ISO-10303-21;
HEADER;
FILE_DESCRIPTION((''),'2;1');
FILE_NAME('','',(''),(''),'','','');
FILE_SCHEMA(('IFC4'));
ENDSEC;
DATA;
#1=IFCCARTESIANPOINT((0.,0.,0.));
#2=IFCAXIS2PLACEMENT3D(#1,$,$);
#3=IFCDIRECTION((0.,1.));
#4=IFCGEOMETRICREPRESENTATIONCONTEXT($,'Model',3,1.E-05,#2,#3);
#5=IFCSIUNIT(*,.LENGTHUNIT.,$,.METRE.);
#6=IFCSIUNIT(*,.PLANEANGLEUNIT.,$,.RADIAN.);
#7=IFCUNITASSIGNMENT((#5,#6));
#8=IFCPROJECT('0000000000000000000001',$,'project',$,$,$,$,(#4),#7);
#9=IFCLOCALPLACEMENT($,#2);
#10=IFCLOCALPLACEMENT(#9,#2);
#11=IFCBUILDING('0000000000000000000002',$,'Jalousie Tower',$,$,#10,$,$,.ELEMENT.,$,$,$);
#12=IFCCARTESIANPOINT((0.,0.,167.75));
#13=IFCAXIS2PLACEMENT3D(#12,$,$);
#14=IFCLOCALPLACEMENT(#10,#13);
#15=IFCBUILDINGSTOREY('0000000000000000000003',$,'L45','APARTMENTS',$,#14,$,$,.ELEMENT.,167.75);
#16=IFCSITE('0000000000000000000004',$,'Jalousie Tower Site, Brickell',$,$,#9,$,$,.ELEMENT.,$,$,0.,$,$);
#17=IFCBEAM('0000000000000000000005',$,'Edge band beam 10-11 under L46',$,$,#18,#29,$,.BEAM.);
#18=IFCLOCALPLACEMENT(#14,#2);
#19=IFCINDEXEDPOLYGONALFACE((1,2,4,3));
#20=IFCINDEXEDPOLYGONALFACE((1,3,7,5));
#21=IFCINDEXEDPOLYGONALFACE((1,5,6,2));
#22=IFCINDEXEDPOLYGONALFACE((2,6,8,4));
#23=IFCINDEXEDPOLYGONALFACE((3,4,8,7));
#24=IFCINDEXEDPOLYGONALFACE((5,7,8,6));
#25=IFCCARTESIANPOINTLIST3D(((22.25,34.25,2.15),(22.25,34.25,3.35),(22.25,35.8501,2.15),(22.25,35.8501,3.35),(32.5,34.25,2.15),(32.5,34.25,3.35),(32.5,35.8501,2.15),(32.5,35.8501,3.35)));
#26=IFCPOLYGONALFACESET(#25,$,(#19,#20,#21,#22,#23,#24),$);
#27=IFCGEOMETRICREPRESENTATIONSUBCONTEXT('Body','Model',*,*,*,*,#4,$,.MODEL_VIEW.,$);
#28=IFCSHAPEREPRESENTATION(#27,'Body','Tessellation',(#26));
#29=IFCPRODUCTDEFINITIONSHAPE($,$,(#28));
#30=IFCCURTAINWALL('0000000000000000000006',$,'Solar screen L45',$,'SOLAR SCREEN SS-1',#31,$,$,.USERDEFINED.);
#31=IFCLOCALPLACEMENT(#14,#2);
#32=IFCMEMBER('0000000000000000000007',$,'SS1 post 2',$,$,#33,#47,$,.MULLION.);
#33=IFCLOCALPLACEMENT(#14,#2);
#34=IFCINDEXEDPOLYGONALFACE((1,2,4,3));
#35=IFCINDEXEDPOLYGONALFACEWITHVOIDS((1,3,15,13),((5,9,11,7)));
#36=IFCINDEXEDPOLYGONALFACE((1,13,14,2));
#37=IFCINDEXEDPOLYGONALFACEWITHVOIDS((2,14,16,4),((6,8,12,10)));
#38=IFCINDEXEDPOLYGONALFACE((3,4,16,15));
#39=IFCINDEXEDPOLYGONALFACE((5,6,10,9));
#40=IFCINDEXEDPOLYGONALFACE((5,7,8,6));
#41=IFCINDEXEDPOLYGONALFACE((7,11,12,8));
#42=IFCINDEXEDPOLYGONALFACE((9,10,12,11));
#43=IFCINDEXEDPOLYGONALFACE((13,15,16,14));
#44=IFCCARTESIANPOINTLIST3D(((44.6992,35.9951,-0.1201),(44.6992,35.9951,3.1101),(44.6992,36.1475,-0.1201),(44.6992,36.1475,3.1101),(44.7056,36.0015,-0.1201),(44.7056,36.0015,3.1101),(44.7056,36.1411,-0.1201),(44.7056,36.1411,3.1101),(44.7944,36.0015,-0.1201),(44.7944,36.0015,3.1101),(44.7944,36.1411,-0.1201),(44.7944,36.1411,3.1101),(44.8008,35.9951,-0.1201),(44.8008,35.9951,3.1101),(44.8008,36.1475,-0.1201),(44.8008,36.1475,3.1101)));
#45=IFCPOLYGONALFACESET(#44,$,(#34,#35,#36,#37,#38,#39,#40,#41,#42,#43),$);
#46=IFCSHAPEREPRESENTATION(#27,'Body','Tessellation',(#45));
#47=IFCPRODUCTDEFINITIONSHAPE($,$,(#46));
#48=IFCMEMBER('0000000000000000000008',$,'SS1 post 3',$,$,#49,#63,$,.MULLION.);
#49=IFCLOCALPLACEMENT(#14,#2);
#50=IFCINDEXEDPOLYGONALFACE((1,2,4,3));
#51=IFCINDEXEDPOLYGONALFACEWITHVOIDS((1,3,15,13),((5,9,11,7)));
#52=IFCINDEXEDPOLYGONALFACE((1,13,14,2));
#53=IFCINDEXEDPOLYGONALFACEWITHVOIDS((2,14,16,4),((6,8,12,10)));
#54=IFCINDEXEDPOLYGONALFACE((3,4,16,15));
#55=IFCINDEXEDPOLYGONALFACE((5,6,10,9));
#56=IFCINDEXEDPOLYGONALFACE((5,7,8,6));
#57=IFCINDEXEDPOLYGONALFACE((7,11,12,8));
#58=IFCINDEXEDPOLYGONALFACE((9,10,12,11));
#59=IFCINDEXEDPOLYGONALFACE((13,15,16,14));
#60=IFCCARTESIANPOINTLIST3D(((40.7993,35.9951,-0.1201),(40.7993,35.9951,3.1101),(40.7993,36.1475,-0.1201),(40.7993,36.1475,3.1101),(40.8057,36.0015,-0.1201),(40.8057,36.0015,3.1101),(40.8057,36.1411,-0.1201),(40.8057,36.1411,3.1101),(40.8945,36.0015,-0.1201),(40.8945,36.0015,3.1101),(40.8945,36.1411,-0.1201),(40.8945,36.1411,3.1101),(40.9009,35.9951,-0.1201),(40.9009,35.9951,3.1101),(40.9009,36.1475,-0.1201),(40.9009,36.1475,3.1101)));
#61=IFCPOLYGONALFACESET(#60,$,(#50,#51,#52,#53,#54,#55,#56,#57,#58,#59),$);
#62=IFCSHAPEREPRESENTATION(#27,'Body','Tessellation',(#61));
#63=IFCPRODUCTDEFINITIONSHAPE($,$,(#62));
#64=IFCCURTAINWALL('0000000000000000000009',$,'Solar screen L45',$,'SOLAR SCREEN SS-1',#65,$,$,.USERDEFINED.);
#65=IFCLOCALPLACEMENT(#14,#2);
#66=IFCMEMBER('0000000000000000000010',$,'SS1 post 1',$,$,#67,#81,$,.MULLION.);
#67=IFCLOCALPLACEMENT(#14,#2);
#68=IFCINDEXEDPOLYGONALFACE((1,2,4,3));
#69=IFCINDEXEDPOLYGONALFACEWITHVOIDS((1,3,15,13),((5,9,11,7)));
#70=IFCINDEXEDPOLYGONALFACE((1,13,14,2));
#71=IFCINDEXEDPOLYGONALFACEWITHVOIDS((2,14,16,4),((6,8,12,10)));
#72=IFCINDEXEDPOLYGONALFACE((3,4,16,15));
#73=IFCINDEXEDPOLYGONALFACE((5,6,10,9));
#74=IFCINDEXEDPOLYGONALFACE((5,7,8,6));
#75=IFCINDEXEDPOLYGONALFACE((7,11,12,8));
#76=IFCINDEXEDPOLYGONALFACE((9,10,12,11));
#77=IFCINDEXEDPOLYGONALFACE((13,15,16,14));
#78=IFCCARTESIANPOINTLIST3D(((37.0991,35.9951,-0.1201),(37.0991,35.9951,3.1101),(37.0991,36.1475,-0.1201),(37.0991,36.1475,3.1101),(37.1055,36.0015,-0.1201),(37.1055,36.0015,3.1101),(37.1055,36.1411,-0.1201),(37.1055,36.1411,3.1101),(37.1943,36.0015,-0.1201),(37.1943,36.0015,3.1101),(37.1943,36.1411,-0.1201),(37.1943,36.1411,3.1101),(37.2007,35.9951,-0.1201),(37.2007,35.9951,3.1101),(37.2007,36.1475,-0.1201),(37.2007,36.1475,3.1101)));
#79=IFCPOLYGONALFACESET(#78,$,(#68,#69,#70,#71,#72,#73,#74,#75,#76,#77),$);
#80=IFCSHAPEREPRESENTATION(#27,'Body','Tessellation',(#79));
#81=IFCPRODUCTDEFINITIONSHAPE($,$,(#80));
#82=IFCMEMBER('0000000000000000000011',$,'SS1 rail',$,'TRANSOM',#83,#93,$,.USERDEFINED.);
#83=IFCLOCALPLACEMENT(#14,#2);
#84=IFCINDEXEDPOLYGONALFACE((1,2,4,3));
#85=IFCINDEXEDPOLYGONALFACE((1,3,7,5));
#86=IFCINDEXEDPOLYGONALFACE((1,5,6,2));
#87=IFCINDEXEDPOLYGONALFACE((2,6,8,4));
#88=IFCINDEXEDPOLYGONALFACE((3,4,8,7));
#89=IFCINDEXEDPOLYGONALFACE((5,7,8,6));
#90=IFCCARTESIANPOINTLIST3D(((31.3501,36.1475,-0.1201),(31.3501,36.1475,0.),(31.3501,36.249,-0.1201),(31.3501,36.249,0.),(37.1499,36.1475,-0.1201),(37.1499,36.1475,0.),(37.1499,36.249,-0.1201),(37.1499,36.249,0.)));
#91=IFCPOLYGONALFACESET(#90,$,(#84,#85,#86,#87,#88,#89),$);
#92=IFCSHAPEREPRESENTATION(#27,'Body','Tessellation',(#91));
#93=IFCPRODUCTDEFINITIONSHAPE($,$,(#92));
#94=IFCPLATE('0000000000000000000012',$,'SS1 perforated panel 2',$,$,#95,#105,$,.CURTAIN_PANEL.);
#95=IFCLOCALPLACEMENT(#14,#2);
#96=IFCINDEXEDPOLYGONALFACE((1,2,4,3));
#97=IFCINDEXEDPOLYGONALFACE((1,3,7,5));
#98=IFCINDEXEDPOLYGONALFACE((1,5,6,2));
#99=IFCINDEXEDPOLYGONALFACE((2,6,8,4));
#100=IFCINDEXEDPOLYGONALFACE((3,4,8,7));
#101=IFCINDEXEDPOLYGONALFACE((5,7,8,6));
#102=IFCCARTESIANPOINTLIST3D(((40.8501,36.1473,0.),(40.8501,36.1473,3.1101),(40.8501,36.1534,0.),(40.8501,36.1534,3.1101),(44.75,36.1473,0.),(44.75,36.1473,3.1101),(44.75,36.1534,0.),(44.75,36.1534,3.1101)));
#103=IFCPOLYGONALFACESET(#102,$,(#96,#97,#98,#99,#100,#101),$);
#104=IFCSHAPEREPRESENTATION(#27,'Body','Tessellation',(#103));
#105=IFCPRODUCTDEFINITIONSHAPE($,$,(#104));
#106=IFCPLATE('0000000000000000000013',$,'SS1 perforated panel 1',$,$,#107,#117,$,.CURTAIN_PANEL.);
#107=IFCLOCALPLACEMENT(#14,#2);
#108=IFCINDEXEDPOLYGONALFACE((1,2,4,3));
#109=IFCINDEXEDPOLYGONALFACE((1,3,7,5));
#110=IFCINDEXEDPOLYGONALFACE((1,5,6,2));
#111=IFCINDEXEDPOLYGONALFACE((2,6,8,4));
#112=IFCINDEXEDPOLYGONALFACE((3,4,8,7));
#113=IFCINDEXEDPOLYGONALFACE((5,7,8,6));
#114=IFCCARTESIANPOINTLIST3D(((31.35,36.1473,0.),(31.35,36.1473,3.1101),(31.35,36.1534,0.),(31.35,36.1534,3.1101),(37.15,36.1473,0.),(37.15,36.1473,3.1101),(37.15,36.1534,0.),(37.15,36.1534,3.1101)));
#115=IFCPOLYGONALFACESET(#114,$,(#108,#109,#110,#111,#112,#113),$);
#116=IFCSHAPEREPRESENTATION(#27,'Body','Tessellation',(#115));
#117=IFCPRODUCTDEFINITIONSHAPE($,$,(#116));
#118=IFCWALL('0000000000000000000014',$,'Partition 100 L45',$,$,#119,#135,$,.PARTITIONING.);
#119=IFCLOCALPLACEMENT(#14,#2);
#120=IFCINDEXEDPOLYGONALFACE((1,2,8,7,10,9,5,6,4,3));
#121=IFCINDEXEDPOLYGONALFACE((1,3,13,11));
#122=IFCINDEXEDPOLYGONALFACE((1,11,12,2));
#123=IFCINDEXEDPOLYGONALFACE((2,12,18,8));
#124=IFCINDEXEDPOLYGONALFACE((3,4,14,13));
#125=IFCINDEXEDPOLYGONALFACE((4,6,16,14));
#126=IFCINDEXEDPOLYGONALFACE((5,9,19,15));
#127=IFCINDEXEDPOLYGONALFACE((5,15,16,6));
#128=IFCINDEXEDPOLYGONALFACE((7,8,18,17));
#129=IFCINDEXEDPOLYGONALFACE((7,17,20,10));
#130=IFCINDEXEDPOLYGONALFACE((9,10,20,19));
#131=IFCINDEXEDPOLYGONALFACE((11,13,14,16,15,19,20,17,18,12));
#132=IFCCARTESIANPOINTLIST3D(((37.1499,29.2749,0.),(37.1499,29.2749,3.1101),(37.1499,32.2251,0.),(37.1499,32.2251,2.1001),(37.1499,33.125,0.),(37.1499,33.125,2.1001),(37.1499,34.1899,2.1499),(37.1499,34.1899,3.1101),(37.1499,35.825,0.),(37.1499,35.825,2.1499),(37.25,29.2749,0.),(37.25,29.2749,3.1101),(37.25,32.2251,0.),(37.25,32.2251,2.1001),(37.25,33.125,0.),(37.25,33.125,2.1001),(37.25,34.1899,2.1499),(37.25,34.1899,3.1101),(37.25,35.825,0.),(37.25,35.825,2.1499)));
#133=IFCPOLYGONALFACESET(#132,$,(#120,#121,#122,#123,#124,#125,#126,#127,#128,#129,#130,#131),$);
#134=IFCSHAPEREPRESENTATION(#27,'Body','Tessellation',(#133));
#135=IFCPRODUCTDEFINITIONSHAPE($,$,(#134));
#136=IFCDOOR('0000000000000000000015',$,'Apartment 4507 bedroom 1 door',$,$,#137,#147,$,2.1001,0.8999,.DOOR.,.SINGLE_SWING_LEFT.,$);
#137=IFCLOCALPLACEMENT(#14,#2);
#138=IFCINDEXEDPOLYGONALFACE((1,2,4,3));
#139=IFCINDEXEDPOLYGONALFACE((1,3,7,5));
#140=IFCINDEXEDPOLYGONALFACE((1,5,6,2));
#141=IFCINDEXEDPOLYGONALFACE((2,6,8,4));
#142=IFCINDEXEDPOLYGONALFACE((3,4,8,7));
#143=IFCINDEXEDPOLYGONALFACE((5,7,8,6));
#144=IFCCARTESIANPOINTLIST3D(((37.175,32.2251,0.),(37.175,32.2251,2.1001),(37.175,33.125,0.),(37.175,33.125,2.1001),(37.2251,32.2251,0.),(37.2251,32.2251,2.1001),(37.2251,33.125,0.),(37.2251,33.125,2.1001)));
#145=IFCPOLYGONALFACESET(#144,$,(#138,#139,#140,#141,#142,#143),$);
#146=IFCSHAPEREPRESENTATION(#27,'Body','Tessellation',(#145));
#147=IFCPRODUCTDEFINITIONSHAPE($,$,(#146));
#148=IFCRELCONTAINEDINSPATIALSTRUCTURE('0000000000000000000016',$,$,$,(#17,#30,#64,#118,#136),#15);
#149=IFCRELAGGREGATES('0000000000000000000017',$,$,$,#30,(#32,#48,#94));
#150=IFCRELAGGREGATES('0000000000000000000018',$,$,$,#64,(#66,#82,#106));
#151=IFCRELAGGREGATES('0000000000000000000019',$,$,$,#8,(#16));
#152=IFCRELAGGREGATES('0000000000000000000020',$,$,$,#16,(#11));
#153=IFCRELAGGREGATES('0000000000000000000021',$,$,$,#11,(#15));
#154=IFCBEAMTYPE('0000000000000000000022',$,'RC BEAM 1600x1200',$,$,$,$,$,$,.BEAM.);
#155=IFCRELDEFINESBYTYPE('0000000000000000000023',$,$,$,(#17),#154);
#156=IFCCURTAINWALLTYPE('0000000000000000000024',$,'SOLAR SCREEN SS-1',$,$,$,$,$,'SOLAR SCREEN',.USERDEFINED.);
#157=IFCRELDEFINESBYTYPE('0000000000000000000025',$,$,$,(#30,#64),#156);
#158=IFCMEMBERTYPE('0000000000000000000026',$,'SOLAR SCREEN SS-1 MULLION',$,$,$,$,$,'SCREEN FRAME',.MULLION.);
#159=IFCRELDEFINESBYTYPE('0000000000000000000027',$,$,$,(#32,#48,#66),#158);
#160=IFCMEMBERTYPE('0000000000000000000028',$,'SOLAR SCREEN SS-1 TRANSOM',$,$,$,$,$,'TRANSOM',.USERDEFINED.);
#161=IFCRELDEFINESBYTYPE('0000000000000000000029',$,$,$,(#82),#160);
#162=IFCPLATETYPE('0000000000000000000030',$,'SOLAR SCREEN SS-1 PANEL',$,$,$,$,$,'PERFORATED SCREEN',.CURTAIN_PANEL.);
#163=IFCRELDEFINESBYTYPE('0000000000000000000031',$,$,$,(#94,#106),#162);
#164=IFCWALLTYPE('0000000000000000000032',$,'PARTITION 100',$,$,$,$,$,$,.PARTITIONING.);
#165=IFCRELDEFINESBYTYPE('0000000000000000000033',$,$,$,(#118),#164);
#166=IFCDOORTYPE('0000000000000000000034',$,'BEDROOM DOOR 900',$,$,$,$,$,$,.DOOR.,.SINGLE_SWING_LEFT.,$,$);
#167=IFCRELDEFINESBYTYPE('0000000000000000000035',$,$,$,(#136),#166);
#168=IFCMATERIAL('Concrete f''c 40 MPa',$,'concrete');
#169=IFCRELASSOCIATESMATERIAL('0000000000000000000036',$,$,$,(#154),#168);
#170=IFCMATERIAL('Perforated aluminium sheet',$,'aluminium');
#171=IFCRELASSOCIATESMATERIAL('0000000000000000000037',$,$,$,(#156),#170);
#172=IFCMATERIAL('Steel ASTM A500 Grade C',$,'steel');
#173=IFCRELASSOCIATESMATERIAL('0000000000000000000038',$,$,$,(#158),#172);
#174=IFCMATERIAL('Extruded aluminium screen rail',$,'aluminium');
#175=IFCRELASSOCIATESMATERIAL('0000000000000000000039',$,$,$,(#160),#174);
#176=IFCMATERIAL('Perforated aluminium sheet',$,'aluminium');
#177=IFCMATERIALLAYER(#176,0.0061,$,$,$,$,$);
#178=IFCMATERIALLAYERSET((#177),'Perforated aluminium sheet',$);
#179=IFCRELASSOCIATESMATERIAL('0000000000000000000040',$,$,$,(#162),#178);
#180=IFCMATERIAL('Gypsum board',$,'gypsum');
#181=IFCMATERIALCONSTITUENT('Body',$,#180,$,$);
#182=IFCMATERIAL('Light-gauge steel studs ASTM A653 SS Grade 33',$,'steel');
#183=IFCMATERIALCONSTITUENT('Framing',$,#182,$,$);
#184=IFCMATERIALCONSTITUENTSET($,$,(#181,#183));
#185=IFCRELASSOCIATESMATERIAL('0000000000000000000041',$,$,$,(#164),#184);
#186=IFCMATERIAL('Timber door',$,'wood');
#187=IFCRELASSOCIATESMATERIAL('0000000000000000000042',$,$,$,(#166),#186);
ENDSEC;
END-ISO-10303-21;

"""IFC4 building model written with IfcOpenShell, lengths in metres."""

from ifc_helpers import new_model, si_unit, direction, frame, frame_2d, origin, origin_2d, place, context, subcontext, project, spatial, polyline, rectangle, hollow_rectangle, outline, extrude, material, layer, layer_set, constituent, constituent_set, material_profile, profile_set, type_object, element, fill, aggregate, save


model = new_model("IFC4")

# Units and contexts
model_context = context("Model", 3, precision=1e-05, world=origin(), true_north=direction((0.0, 1.0)))
body_context = subcontext(model_context, "Body", "Model", "MODEL_VIEW")
ifc_project = project(units=[si_unit("LENGTHUNIT", "METRE"), si_unit("PLANEANGLEUNIT", "RADIAN")], contexts=[model_context])

# Site, building, storey
site_placement = place(None, origin())
site = spatial("IfcSite", under=ifc_project, at=site_placement, Name="Jalousie Tower Site, Brickell", CompositionType="ELEMENT", RefElevation=0.0)
building_placement = place(site_placement, origin())
building = spatial("IfcBuilding", under=site, at=building_placement, Name="Jalousie Tower", CompositionType="ELEMENT")
storey_placement = place(building_placement, frame((0.0, 0.0, 167.75)))
storey = spatial("IfcBuildingStorey", under=building, at=storey_placement, Name="L45", Description="APARTMENTS", CompositionType="ELEMENT", Elevation=167.75)

# Beam
ifc_material_1 = material(Name="Concrete f'c 40 MPa", Category="concrete")
ifc_material_profile_1 = material_profile(ifc_material_1, rectangle(XDim=1.6001, YDim=1.2, at=origin_2d()), Name="RC 1600x1200")
ifc_profile_set_1 = profile_set([ifc_material_profile_1], Name="Concrete f'c 40 MPa")
beam_type_1 = type_object("IfcBeamType", Name="RC BEAM 1600x1200", PredefinedType="BEAM", material=ifc_profile_set_1)
for number, where, z_axis, x_axis, name in (
    (1, (32.5, 35.05, 2.75), (-1.0, 0.0, 0.0), (0.0, -1.0, 0.0), "Edge band beam 10-11 under L46"),
):
    element("IfcBeam", number, at=place(storey_placement, frame(where, z_axis=z_axis, x_axis=x_axis)), inside=storey, type_object=beam_type_1, Name=name, PredefinedType="BEAM", context=body_context, shape_type="SweptSolid", body=[
        extrude(rectangle(XDim=1.6001, YDim=1.2, at=origin_2d()), origin(), (0.0, 0.0, 1.0), 10.25),
    ])

# Curtain walls, members
ifc_material_2 = material(Name="Perforated aluminium sheet", Category="aluminium")
curtain_wall_type = type_object("IfcCurtainWallType", Name="SOLAR SCREEN SS-1", ElementType="SOLAR SCREEN", PredefinedType="USERDEFINED", material=ifc_material_2)
curtain_wall_1_placement = place(storey_placement, origin())
curtain_wall_1 = element("IfcCurtainWall", 2, at=curtain_wall_1_placement, inside=storey, type_object=curtain_wall_type, Name="Solar screen L45", ObjectType="SOLAR SCREEN SS-1", PredefinedType="USERDEFINED")
ifc_material_3 = material(Name="Steel ASTM A500 Grade C", Category="steel")
ifc_material_profile_2 = material_profile(ifc_material_3, hollow_rectangle(XDim=0.1016, YDim=0.1523, WallThickness=0.0063, at=origin_2d()), Name="HSS6X4X1/4")
ifc_profile_set_2 = profile_set([ifc_material_profile_2], Name="Steel ASTM A500 Grade C")
member_type_1 = type_object("IfcMemberType", Name="SOLAR SCREEN SS-1 MULLION", ElementType="SCREEN FRAME", PredefinedType="MULLION", material=ifc_profile_set_2)
member_1_placement = place(storey_placement, frame((44.75, 36.0713, -0.1201), z_axis=(0.0, 0.0, 1.0), x_axis=(-1.0, 0.0, 0.0)))
member_1 = element("IfcMember", 3, at=member_1_placement, type_object=member_type_1, Name="SS1 post 2", PredefinedType="MULLION", context=body_context, shape_type="SweptSolid", body=[
    extrude(hollow_rectangle(XDim=0.1016, YDim=0.1523, WallThickness=0.0063, at=origin_2d()), origin(), (0.0, 0.0, 1.0), 3.2302),
])
member_2_placement = place(storey_placement, frame((40.8501, 36.0713, -0.1201), z_axis=(0.0, 0.0, 1.0), x_axis=(-1.0, 0.0, 0.0)))
member_2 = element("IfcMember", 4, at=member_2_placement, type_object=member_type_1, Name="SS1 post 3", PredefinedType="MULLION", context=body_context, shape_type="SweptSolid", body=[
    extrude(hollow_rectangle(XDim=0.1016, YDim=0.1523, WallThickness=0.0063, at=origin_2d()), origin(), (0.0, 0.0, 1.0), 3.2302),
])
curtain_wall_2_placement = place(storey_placement, origin())
curtain_wall_2 = element("IfcCurtainWall", 5, at=curtain_wall_2_placement, inside=storey, type_object=curtain_wall_type, Name="Solar screen L45", ObjectType="SOLAR SCREEN SS-1", PredefinedType="USERDEFINED")
member_3_placement = place(storey_placement, frame((37.1499, 36.0713, -0.1201), z_axis=(0.0, 0.0, 1.0), x_axis=(-1.0, 0.0, 0.0)))
member_3 = element("IfcMember", 6, at=member_3_placement, type_object=member_type_1, Name="SS1 post 1", PredefinedType="MULLION", context=body_context, shape_type="SweptSolid", body=[
    extrude(hollow_rectangle(XDim=0.1016, YDim=0.1523, WallThickness=0.0063, at=origin_2d()), origin(), (0.0, 0.0, 1.0), 3.2302),
])
ifc_material_4 = material(Name="Extruded aluminium screen rail", Category="aluminium")
ifc_material_profile_3 = material_profile(ifc_material_4, rectangle(XDim=0.1016, YDim=0.1201, at=origin_2d()), Name="RAIL 102x120")
ifc_profile_set_3 = profile_set([ifc_material_profile_3], Name="Extruded aluminium screen rail")
member_type_2 = type_object("IfcMemberType", Name="SOLAR SCREEN SS-1 TRANSOM", ElementType="TRANSOM", PredefinedType="USERDEFINED", material=ifc_profile_set_3)
member_4_placement = place(storey_placement, frame((37.1499, 36.1982, -0.0601), z_axis=(-1.0, 0.0, 0.0), x_axis=(0.0, -1.0, 0.0)))
member_4 = element("IfcMember", 7, at=member_4_placement, type_object=member_type_2, Name="SS1 rail", ObjectType="TRANSOM", PredefinedType="USERDEFINED", context=body_context, shape_type="SweptSolid", body=[
    extrude(rectangle(XDim=0.1016, YDim=0.1201, at=origin_2d()), origin(), (0.0, 0.0, 1.0), 5.7998),
])

# Plates
ifc_material_5 = material(Name="Perforated aluminium sheet", Category="aluminium")
ifc_layer_1 = layer(ifc_material_5, 0.0061)
ifc_layer_set_1 = layer_set([ifc_layer_1], Name="Perforated aluminium sheet")
plate_type = type_object("IfcPlateType", Name="SOLAR SCREEN SS-1 PANEL", ElementType="PERFORATED SCREEN", PredefinedType="CURTAIN_PANEL", material=ifc_layer_set_1)
plate_1_placement = place(storey_placement, frame((42.8, 36.1504, 0.0), z_axis=(0.0, 0.0, 1.0), x_axis=(-1.0, 0.0, 0.0)))
plate_1 = element("IfcPlate", 8, at=plate_1_placement, type_object=plate_type, Name="SS1 perforated panel 2", PredefinedType="CURTAIN_PANEL", context=body_context, shape_type="SweptSolid", body=[
    extrude(rectangle(XDim=3.8999, YDim=0.0061, at=origin_2d()), origin(), (0.0, 0.0, 1.0), 3.1101),
])
aggregate(curtain_wall_1, [member_1, member_2, plate_1])
plate_2_placement = place(storey_placement, frame((34.25, 36.1504, 0.0), z_axis=(0.0, 0.0, 1.0), x_axis=(-1.0, 0.0, 0.0)))
plate_2 = element("IfcPlate", 9, at=plate_2_placement, type_object=plate_type, Name="SS1 perforated panel 1", PredefinedType="CURTAIN_PANEL", context=body_context, shape_type="SweptSolid", body=[
    extrude(rectangle(XDim=5.8, YDim=0.0061, at=origin_2d()), origin(), (0.0, 0.0, 1.0), 3.1101),
])
aggregate(curtain_wall_2, [member_3, member_4, plate_2])

# Wall, opening, door
ifc_material_6 = material(Name="Gypsum board", Category="gypsum")
ifc_constituent_1 = constituent(ifc_material_6, Name="Body")
ifc_material_7 = material(Name="Light-gauge steel studs ASTM A653 SS Grade 33", Category="steel")
ifc_constituent_2 = constituent(ifc_material_7, Name="Framing")
ifc_constituent_set = constituent_set(constituents=[ifc_constituent_1, ifc_constituent_2])
wall_type_1 = type_object("IfcWallType", Name="PARTITION 100", PredefinedType="PARTITIONING", material=ifc_constituent_set)
wall_1_placement = place(storey_placement, frame((37.2, 35.825, 0.0), z_axis=(0.0, 0.0, 1.0), x_axis=(0.0, -1.0, 0.0)))
wall_1 = element("IfcWall", 10, at=wall_1_placement, inside=storey, type_object=wall_type_1, Name="Partition 100 L45", PredefinedType="PARTITIONING", context=body_context, shape_type="SweptSolid", body=[
    extrude(outline(polyline([(0.0, 0.0), (6.55, 0.0), (6.55, 3.1101), (1.635, 3.1101), (1.635, 2.1499), (0.0, 2.1499), (0.0, 3.1101), (0.0, 0.0)])), frame((0.0, 0.05, 0.0), z_axis=(0.0, -1.0, 0.0), x_axis=(1.0, 0.0, 0.0)), (0.0, 0.0, 1.0), 0.1001),
])
opening_1_placement = place(wall_1_placement, frame((2.7, 0.0, 0.0)))
opening_1 = element("IfcOpeningElement", 11, at=opening_1_placement, cuts=wall_1, PredefinedType="OPENING", context=body_context, shape_type="SweptSolid", body=[
    extrude(rectangle(XDim=0.8999, YDim=2.1001, at=frame_2d((0.45, 1.05))), frame((0.0, 0.0601, 0.0), z_axis=(0.0, -1.0, 0.0), x_axis=(1.0, 0.0, 0.0)), (0.0, 0.0, 1.0), 0.1201),
])
ifc_material_8 = material(Name="Timber door", Category="wood")
door_type_1 = type_object("IfcDoorType", Name="BEDROOM DOOR 900", OperationType="SINGLE_SWING_LEFT", PredefinedType="DOOR", material=ifc_material_8)
door_1_placement = place(opening_1_placement, frame((0.8999, 0.0, 0.0), z_axis=(0.0, 0.0, 1.0), x_axis=(-1.0, 0.0, 0.0)))
door_1 = element("IfcDoor", 12, at=door_1_placement, inside=storey, type_object=door_type_1, Name="Apartment 4507 bedroom 1 door", OperationType="SINGLE_SWING_LEFT", OverallHeight=2.1001, OverallWidth=0.8999, PredefinedType="DOOR", context=body_context, shape_type="SweptSolid", body=[
    extrude(rectangle(XDim=0.8999, YDim=2.1001, at=frame_2d((0.45, 1.05))), frame((0.0, 0.0249, 0.0), z_axis=(0.0, -1.0, 0.0), x_axis=(1.0, 0.0, 0.0)), (0.0, 0.0, 1.0), 0.05),
])
fill(opening_1, door_1)

save(model, "model.ifc")
